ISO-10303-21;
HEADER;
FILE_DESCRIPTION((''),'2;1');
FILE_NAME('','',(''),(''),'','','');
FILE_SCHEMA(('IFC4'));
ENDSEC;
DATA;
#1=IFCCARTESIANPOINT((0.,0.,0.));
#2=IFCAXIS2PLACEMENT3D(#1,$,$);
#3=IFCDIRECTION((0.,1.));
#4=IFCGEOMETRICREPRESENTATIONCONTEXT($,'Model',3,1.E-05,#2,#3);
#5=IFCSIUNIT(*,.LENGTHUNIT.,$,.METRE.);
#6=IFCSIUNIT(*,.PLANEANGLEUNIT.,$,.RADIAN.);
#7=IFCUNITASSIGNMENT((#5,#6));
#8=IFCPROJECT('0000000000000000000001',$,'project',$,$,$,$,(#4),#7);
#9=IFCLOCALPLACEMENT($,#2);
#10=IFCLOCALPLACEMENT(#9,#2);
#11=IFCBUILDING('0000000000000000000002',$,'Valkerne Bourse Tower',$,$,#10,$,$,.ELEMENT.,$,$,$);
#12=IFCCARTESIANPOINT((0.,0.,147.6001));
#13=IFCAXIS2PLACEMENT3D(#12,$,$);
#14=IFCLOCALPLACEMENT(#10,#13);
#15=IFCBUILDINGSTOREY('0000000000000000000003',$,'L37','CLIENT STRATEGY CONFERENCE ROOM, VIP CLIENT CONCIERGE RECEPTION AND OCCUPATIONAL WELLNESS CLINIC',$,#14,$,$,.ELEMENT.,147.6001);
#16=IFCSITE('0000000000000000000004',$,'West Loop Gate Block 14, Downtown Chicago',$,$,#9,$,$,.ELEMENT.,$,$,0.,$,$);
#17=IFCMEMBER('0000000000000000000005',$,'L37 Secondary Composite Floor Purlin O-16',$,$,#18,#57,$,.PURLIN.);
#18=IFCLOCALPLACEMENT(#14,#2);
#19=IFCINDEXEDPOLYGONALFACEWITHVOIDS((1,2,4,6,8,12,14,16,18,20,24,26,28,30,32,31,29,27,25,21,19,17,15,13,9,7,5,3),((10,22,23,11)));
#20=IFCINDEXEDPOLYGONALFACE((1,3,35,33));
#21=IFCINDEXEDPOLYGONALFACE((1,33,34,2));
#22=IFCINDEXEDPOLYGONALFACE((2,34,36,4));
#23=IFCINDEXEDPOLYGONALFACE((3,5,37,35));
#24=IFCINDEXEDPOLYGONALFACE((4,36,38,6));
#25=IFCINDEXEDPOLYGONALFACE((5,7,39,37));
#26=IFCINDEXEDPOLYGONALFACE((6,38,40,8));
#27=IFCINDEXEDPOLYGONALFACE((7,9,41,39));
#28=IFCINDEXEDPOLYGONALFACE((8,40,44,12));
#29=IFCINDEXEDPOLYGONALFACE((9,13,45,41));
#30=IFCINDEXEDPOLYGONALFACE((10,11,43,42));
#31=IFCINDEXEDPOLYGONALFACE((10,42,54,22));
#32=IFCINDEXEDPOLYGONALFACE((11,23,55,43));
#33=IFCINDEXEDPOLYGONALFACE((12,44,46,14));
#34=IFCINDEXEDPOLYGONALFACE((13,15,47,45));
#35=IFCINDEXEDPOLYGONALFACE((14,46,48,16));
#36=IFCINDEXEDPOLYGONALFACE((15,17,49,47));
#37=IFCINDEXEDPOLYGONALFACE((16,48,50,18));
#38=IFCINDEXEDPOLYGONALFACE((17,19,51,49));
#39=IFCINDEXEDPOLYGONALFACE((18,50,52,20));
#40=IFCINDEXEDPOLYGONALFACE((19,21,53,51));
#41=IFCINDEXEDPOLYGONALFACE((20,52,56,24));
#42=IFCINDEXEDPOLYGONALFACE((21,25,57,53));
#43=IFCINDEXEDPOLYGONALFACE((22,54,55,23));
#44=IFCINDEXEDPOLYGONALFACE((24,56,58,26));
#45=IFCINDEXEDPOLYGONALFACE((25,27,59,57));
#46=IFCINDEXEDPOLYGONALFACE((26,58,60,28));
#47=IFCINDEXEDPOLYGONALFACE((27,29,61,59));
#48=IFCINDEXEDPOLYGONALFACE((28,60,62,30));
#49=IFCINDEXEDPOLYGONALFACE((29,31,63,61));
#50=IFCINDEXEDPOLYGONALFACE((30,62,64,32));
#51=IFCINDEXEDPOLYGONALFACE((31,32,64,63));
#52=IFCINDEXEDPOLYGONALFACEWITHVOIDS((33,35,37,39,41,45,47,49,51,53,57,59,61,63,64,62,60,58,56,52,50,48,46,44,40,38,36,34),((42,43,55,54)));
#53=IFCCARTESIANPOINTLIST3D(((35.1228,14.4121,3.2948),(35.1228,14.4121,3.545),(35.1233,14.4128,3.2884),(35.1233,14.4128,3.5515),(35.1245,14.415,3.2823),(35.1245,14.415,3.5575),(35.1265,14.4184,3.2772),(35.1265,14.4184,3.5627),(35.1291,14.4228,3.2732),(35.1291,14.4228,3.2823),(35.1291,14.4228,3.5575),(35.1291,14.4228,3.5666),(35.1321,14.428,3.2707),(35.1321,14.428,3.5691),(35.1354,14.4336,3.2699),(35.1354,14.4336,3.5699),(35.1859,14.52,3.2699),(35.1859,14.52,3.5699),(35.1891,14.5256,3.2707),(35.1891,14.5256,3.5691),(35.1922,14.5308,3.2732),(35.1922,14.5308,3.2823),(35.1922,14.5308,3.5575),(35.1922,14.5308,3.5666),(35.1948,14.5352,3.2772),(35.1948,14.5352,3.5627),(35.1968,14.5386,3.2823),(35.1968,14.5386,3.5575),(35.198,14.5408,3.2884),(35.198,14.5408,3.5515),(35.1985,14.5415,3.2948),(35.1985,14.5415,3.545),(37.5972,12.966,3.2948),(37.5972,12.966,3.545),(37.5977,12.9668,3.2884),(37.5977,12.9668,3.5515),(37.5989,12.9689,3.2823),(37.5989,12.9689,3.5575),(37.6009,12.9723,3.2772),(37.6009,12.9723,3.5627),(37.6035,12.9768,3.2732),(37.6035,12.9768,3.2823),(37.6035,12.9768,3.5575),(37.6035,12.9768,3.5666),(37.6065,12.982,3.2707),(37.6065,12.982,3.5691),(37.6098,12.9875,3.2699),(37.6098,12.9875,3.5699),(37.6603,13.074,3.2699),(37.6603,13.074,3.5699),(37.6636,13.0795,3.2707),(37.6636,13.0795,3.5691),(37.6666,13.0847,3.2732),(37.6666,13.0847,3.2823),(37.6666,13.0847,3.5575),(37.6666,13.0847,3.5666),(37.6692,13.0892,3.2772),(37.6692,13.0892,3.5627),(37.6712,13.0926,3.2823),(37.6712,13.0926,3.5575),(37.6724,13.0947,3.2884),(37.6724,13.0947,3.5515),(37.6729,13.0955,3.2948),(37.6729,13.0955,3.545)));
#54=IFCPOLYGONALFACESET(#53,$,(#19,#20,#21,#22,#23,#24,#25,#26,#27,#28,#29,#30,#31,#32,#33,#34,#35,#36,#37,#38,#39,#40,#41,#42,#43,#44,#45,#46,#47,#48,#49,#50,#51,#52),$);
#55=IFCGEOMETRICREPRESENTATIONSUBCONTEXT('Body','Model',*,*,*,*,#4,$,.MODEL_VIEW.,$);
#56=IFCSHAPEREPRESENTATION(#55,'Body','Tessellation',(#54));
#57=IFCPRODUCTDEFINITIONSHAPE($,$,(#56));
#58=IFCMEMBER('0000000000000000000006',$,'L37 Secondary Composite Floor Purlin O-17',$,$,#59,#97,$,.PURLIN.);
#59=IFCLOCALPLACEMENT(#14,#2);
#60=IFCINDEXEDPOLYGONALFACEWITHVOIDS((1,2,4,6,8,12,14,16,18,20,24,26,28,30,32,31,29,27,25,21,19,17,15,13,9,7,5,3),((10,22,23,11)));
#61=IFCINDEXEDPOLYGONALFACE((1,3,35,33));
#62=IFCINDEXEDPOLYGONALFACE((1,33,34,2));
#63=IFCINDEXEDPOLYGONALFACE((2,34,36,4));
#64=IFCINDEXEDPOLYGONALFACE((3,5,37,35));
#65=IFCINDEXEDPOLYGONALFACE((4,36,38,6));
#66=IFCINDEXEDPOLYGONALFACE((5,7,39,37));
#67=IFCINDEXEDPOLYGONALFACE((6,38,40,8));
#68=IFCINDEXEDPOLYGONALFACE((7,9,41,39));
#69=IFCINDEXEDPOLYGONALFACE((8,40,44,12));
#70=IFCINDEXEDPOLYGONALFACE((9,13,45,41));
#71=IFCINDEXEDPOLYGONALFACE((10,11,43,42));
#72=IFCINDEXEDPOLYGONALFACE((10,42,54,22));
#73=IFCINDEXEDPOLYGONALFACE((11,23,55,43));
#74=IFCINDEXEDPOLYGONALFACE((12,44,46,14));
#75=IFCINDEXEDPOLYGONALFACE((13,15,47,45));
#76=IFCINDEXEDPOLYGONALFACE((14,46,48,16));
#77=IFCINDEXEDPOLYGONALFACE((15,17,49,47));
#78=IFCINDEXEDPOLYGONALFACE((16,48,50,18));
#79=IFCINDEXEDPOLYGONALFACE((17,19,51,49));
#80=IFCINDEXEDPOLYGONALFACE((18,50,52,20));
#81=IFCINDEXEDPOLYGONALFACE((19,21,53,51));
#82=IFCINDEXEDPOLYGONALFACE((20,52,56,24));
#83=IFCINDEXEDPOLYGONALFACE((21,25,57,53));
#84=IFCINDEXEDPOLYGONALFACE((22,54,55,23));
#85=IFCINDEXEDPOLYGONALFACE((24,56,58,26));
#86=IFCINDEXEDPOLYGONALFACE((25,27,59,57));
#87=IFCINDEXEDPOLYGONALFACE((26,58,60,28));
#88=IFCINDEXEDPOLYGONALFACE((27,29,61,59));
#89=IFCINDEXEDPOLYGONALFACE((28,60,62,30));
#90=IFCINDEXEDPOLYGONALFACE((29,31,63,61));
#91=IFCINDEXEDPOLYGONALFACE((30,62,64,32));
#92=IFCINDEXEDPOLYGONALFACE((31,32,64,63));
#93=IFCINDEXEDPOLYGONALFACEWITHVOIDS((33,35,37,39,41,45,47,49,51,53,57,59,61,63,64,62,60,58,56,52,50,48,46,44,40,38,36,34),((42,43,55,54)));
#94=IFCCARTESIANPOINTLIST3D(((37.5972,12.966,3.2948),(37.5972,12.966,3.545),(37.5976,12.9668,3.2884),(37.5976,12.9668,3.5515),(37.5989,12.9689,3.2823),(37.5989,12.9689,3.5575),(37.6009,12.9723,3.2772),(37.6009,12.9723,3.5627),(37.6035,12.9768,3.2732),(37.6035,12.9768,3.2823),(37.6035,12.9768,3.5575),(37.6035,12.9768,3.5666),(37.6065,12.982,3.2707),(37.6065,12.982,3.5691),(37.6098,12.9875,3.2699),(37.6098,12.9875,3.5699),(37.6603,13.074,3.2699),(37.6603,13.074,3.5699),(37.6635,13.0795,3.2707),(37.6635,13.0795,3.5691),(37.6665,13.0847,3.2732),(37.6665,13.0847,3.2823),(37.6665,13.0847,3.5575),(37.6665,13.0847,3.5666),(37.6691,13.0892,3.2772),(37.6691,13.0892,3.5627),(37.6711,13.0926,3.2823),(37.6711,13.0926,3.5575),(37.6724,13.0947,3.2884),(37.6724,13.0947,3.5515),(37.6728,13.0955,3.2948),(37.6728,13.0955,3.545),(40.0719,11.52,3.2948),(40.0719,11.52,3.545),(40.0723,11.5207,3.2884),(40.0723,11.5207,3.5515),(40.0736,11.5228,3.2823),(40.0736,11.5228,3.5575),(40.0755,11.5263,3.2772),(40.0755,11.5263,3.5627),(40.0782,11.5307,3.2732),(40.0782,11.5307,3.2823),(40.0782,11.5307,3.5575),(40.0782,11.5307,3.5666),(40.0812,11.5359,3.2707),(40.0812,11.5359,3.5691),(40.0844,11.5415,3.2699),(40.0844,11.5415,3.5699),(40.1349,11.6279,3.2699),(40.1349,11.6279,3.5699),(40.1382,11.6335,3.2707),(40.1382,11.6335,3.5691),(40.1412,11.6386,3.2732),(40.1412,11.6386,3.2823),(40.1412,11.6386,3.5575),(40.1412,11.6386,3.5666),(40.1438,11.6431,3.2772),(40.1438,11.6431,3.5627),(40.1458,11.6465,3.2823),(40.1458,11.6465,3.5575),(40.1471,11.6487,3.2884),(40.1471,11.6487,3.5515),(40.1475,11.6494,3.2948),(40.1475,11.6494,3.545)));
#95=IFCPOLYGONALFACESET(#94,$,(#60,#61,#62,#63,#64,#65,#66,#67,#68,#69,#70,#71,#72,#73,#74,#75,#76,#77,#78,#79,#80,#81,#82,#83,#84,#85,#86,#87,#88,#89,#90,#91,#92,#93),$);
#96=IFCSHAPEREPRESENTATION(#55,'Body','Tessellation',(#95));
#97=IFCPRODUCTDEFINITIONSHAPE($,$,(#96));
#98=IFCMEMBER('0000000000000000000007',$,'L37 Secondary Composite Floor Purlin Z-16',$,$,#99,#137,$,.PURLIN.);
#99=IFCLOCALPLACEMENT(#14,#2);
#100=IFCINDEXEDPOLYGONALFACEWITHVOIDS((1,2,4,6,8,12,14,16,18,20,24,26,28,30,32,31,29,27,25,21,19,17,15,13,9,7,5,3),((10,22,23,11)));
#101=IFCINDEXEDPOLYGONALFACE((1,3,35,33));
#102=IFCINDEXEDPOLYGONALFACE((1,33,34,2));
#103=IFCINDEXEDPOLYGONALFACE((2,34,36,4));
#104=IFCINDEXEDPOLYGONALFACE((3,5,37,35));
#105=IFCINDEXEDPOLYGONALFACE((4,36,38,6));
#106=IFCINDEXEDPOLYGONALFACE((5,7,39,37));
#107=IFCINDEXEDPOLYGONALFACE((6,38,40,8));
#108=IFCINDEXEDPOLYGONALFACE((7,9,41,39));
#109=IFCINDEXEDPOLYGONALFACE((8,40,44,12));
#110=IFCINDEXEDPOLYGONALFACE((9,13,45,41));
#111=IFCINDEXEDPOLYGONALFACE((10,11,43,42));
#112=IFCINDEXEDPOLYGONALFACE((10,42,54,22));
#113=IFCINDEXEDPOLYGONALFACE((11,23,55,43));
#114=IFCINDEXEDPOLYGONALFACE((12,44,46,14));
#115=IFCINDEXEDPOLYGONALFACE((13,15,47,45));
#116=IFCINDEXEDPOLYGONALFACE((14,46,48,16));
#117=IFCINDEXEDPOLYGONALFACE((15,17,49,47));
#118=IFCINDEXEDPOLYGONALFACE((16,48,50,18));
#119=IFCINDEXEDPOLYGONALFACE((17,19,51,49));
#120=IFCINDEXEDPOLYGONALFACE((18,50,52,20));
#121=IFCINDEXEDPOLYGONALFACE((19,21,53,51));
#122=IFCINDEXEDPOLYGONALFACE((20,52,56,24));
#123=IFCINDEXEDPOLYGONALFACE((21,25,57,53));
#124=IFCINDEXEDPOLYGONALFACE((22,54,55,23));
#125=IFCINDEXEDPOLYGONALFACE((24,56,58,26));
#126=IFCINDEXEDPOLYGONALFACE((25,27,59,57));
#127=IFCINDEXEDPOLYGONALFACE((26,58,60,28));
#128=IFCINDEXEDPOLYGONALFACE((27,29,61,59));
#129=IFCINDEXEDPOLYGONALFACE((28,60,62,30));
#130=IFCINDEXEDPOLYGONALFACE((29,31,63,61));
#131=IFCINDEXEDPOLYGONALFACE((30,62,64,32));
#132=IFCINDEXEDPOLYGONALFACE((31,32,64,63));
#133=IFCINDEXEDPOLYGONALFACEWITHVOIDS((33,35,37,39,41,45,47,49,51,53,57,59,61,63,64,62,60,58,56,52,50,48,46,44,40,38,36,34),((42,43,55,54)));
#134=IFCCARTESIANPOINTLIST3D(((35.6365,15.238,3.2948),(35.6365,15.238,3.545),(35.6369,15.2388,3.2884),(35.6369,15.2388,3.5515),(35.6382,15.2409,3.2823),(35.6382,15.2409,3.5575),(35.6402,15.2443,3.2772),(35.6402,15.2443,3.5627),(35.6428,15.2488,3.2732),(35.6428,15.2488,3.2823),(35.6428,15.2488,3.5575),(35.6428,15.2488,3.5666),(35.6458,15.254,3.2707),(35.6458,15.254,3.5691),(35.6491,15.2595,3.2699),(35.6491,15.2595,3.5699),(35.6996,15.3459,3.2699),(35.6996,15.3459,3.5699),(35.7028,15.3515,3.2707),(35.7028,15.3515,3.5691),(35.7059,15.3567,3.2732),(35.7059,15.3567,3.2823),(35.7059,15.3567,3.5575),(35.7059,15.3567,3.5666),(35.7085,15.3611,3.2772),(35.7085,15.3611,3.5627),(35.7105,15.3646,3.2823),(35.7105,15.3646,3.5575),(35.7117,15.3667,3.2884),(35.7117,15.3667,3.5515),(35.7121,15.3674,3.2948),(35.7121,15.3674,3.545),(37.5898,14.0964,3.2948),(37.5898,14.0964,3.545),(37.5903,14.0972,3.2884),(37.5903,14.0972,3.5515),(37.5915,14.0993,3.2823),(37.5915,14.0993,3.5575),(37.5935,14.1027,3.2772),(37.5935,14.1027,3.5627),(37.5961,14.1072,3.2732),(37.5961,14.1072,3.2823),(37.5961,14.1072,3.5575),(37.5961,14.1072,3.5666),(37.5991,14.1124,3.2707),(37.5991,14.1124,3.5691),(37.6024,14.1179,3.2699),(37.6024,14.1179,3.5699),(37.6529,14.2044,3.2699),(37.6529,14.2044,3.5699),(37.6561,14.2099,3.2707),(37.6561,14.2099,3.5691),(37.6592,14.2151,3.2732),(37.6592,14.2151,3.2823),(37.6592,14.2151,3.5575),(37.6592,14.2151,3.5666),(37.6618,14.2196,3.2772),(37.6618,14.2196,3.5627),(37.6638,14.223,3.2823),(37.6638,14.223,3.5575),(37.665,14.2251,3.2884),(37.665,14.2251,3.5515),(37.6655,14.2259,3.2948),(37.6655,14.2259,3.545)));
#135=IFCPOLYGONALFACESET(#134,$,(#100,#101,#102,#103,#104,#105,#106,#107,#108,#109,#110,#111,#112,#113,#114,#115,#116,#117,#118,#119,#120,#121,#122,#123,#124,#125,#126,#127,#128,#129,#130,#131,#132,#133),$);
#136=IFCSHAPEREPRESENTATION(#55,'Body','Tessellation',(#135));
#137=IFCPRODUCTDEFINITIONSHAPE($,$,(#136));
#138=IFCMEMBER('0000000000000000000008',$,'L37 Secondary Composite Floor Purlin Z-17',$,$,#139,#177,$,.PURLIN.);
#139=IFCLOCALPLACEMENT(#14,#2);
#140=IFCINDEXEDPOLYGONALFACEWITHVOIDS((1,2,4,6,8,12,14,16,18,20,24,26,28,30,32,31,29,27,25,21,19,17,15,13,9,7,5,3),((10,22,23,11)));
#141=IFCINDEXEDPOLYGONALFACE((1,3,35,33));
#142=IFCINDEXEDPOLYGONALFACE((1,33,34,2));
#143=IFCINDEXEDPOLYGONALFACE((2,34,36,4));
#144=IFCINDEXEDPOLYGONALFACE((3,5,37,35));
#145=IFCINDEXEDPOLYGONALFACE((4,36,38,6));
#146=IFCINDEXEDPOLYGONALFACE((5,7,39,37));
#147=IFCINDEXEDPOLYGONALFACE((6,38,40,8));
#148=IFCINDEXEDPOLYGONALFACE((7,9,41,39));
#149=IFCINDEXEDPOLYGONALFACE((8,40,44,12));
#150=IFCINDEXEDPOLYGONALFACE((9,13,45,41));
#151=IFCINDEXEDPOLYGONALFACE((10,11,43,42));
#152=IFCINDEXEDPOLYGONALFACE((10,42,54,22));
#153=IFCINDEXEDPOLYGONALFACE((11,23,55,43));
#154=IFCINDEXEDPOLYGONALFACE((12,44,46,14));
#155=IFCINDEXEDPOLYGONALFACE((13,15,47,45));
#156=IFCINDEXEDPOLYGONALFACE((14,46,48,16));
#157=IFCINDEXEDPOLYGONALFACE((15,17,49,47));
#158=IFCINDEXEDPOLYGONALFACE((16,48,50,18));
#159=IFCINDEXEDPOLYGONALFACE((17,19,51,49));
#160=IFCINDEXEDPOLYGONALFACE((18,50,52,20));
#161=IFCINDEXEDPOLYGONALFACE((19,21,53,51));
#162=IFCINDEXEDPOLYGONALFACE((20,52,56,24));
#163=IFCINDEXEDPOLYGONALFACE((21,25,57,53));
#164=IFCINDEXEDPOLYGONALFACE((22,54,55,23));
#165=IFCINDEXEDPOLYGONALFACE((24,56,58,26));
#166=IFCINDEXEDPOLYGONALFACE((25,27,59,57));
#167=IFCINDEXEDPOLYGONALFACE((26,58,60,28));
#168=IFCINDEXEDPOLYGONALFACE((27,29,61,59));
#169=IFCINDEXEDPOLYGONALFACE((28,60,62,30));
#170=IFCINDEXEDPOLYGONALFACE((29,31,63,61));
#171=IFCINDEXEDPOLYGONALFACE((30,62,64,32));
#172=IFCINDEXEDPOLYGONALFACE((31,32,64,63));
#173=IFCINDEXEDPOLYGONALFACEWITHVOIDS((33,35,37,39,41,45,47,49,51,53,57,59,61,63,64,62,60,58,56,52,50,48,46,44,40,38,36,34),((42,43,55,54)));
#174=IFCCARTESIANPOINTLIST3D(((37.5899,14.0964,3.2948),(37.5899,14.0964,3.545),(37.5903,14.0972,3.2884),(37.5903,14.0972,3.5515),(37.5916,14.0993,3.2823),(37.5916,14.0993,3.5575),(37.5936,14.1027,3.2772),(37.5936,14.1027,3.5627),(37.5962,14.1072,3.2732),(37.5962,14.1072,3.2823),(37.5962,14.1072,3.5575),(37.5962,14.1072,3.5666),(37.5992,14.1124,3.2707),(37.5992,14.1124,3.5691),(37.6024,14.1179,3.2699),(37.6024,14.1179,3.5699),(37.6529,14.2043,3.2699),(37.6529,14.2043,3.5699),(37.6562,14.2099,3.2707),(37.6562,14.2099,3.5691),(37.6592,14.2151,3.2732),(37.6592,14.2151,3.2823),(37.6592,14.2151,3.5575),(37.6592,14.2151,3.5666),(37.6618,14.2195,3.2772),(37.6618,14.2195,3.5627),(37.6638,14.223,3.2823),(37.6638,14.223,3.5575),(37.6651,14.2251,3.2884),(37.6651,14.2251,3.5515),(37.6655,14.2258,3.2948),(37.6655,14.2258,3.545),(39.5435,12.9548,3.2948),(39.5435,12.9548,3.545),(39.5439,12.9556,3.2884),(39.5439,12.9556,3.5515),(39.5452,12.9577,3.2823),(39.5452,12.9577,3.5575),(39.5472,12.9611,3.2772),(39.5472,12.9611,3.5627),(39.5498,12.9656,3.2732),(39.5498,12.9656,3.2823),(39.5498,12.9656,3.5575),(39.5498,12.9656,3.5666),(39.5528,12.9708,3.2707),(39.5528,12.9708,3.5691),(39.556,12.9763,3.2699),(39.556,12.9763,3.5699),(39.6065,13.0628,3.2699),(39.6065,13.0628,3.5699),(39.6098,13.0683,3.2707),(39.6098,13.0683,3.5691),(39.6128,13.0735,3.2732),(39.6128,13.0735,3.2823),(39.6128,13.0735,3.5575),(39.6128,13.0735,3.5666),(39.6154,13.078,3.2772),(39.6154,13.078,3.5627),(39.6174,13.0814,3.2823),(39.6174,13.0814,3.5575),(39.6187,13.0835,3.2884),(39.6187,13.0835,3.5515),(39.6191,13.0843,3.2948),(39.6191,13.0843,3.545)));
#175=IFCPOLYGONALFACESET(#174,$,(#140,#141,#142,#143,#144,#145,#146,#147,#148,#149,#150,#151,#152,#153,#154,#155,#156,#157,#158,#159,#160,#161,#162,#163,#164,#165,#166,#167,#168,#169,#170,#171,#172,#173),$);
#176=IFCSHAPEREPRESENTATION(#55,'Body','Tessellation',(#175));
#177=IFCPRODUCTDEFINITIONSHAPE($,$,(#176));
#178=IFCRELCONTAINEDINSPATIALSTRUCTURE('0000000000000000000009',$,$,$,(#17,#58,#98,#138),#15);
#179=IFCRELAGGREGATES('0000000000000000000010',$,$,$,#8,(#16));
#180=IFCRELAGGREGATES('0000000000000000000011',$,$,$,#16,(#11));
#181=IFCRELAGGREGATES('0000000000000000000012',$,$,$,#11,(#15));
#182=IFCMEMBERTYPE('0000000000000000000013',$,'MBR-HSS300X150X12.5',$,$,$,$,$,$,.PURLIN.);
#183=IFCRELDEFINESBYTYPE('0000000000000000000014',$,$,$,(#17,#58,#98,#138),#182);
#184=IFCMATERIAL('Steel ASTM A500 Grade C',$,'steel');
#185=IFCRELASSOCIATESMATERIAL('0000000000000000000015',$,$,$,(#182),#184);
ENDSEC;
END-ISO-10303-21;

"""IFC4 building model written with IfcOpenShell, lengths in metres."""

from ifc_helpers import new_model, si_unit, direction, frame, origin, origin_2d, place, context, subcontext, project, spatial, hollow_rectangle, extrude, material, material_profile, profile_set, type_object, element, save


model = new_model("IFC4")

# Units and contexts
model_context = context("Model", 3, precision=1e-05, world=origin(), true_north=direction((0.0, 1.0)))
body_context = subcontext(model_context, "Body", "Model", "MODEL_VIEW")
ifc_project = project(units=[si_unit("LENGTHUNIT", "METRE"), si_unit("PLANEANGLEUNIT", "RADIAN")], contexts=[model_context])

# Site, building, storey
site_placement = place(None, origin())
site = spatial("IfcSite", under=ifc_project, at=site_placement, Name="West Loop Gate Block 14, Downtown Chicago", CompositionType="ELEMENT", RefElevation=0.0)
building_placement = place(site_placement, origin())
building = spatial("IfcBuilding", under=site, at=building_placement, Name="Valkerne Bourse Tower", CompositionType="ELEMENT")
storey_placement = place(building_placement, frame((0.0, 0.0, 147.6001)))
storey = spatial("IfcBuildingStorey", under=building, at=storey_placement, Name="L37", Description="CLIENT STRATEGY CONFERENCE ROOM, VIP CLIENT CONCIERGE RECEPTION AND OCCUPATIONAL WELLNESS CLINIC", CompositionType="ELEMENT", Elevation=147.6001)

# Members
ifc_material_1 = material(Name="Steel ASTM A500 Grade C", Category="steel")
ifc_material_profile_1 = material_profile(ifc_material_1, hollow_rectangle(XDim=0.1499, YDim=0.3, WallThickness=0.0125, OuterFilletRadius=0.0249, at=origin_2d()), Name="HSS300X150X12.5")
ifc_profile_set_1 = profile_set([ifc_material_profile_1], Name="Steel ASTM A500 Grade C")
member_type_1 = type_object("IfcMemberType", Name="MBR-HSS300X150X12.5", PredefinedType="PURLIN", material=ifc_profile_set_1)
member_1_placement = place(storey_placement, frame((35.1606, 14.4768, 3.4199), z_axis=(0.863374, -0.504565, 0.0), x_axis=(0.504565, 0.863374, 0.0)))
element("IfcMember", 1, at=member_1_placement, inside=storey, type_object=member_type_1, Name="L37 Secondary Composite Floor Purlin O-16", PredefinedType="PURLIN", context=body_context, shape_type="SweptSolid", body=[
    extrude(hollow_rectangle(XDim=0.1499, YDim=0.3, WallThickness=0.0125, OuterFilletRadius=0.0249, at=origin_2d()), origin(), (0.0, 0.0, 1.0), 2.866),
])
member_2_placement = place(storey_placement, frame((37.635, 13.0308, 3.4199), z_axis=(0.863396, -0.504528, 0.0), x_axis=(0.504528, 0.863396, 0.0)))
element("IfcMember", 2, at=member_2_placement, inside=storey, type_object=member_type_1, Name="L37 Secondary Composite Floor Purlin O-17", PredefinedType="PURLIN", context=body_context, shape_type="SweptSolid", body=[
    extrude(hollow_rectangle(XDim=0.1499, YDim=0.3, WallThickness=0.0125, OuterFilletRadius=0.0249, at=origin_2d()), origin(), (0.0, 0.0, 1.0), 2.8662),
])
member_3_placement = place(storey_placement, frame((35.6743, 15.3027, 3.4199), z_axis=(0.863368, -0.504575, 0.0), x_axis=(0.504575, 0.863368, 0.0)))
element("IfcMember", 3, at=member_3_placement, inside=storey, type_object=member_type_1, Name="L37 Secondary Composite Floor Purlin Z-16", PredefinedType="PURLIN", context=body_context, shape_type="SweptSolid", body=[
    extrude(hollow_rectangle(XDim=0.1499, YDim=0.3, WallThickness=0.0125, OuterFilletRadius=0.0249, at=origin_2d()), origin(), (0.0, 0.0, 1.0), 2.2625),
])
member_4_placement = place(storey_placement, frame((37.6277, 14.1611, 3.4199), z_axis=(0.863395, -0.504528, 0.0), x_axis=(0.504528, 0.863395, 0.0)))
element("IfcMember", 4, at=member_4_placement, inside=storey, type_object=member_type_1, Name="L37 Secondary Composite Floor Purlin Z-17", PredefinedType="PURLIN", context=body_context, shape_type="SweptSolid", body=[
    extrude(hollow_rectangle(XDim=0.1499, YDim=0.3, WallThickness=0.0125, OuterFilletRadius=0.0249, at=origin_2d()), origin(), (0.0, 0.0, 1.0), 2.2627),
])

save(model, "model.ifc")
